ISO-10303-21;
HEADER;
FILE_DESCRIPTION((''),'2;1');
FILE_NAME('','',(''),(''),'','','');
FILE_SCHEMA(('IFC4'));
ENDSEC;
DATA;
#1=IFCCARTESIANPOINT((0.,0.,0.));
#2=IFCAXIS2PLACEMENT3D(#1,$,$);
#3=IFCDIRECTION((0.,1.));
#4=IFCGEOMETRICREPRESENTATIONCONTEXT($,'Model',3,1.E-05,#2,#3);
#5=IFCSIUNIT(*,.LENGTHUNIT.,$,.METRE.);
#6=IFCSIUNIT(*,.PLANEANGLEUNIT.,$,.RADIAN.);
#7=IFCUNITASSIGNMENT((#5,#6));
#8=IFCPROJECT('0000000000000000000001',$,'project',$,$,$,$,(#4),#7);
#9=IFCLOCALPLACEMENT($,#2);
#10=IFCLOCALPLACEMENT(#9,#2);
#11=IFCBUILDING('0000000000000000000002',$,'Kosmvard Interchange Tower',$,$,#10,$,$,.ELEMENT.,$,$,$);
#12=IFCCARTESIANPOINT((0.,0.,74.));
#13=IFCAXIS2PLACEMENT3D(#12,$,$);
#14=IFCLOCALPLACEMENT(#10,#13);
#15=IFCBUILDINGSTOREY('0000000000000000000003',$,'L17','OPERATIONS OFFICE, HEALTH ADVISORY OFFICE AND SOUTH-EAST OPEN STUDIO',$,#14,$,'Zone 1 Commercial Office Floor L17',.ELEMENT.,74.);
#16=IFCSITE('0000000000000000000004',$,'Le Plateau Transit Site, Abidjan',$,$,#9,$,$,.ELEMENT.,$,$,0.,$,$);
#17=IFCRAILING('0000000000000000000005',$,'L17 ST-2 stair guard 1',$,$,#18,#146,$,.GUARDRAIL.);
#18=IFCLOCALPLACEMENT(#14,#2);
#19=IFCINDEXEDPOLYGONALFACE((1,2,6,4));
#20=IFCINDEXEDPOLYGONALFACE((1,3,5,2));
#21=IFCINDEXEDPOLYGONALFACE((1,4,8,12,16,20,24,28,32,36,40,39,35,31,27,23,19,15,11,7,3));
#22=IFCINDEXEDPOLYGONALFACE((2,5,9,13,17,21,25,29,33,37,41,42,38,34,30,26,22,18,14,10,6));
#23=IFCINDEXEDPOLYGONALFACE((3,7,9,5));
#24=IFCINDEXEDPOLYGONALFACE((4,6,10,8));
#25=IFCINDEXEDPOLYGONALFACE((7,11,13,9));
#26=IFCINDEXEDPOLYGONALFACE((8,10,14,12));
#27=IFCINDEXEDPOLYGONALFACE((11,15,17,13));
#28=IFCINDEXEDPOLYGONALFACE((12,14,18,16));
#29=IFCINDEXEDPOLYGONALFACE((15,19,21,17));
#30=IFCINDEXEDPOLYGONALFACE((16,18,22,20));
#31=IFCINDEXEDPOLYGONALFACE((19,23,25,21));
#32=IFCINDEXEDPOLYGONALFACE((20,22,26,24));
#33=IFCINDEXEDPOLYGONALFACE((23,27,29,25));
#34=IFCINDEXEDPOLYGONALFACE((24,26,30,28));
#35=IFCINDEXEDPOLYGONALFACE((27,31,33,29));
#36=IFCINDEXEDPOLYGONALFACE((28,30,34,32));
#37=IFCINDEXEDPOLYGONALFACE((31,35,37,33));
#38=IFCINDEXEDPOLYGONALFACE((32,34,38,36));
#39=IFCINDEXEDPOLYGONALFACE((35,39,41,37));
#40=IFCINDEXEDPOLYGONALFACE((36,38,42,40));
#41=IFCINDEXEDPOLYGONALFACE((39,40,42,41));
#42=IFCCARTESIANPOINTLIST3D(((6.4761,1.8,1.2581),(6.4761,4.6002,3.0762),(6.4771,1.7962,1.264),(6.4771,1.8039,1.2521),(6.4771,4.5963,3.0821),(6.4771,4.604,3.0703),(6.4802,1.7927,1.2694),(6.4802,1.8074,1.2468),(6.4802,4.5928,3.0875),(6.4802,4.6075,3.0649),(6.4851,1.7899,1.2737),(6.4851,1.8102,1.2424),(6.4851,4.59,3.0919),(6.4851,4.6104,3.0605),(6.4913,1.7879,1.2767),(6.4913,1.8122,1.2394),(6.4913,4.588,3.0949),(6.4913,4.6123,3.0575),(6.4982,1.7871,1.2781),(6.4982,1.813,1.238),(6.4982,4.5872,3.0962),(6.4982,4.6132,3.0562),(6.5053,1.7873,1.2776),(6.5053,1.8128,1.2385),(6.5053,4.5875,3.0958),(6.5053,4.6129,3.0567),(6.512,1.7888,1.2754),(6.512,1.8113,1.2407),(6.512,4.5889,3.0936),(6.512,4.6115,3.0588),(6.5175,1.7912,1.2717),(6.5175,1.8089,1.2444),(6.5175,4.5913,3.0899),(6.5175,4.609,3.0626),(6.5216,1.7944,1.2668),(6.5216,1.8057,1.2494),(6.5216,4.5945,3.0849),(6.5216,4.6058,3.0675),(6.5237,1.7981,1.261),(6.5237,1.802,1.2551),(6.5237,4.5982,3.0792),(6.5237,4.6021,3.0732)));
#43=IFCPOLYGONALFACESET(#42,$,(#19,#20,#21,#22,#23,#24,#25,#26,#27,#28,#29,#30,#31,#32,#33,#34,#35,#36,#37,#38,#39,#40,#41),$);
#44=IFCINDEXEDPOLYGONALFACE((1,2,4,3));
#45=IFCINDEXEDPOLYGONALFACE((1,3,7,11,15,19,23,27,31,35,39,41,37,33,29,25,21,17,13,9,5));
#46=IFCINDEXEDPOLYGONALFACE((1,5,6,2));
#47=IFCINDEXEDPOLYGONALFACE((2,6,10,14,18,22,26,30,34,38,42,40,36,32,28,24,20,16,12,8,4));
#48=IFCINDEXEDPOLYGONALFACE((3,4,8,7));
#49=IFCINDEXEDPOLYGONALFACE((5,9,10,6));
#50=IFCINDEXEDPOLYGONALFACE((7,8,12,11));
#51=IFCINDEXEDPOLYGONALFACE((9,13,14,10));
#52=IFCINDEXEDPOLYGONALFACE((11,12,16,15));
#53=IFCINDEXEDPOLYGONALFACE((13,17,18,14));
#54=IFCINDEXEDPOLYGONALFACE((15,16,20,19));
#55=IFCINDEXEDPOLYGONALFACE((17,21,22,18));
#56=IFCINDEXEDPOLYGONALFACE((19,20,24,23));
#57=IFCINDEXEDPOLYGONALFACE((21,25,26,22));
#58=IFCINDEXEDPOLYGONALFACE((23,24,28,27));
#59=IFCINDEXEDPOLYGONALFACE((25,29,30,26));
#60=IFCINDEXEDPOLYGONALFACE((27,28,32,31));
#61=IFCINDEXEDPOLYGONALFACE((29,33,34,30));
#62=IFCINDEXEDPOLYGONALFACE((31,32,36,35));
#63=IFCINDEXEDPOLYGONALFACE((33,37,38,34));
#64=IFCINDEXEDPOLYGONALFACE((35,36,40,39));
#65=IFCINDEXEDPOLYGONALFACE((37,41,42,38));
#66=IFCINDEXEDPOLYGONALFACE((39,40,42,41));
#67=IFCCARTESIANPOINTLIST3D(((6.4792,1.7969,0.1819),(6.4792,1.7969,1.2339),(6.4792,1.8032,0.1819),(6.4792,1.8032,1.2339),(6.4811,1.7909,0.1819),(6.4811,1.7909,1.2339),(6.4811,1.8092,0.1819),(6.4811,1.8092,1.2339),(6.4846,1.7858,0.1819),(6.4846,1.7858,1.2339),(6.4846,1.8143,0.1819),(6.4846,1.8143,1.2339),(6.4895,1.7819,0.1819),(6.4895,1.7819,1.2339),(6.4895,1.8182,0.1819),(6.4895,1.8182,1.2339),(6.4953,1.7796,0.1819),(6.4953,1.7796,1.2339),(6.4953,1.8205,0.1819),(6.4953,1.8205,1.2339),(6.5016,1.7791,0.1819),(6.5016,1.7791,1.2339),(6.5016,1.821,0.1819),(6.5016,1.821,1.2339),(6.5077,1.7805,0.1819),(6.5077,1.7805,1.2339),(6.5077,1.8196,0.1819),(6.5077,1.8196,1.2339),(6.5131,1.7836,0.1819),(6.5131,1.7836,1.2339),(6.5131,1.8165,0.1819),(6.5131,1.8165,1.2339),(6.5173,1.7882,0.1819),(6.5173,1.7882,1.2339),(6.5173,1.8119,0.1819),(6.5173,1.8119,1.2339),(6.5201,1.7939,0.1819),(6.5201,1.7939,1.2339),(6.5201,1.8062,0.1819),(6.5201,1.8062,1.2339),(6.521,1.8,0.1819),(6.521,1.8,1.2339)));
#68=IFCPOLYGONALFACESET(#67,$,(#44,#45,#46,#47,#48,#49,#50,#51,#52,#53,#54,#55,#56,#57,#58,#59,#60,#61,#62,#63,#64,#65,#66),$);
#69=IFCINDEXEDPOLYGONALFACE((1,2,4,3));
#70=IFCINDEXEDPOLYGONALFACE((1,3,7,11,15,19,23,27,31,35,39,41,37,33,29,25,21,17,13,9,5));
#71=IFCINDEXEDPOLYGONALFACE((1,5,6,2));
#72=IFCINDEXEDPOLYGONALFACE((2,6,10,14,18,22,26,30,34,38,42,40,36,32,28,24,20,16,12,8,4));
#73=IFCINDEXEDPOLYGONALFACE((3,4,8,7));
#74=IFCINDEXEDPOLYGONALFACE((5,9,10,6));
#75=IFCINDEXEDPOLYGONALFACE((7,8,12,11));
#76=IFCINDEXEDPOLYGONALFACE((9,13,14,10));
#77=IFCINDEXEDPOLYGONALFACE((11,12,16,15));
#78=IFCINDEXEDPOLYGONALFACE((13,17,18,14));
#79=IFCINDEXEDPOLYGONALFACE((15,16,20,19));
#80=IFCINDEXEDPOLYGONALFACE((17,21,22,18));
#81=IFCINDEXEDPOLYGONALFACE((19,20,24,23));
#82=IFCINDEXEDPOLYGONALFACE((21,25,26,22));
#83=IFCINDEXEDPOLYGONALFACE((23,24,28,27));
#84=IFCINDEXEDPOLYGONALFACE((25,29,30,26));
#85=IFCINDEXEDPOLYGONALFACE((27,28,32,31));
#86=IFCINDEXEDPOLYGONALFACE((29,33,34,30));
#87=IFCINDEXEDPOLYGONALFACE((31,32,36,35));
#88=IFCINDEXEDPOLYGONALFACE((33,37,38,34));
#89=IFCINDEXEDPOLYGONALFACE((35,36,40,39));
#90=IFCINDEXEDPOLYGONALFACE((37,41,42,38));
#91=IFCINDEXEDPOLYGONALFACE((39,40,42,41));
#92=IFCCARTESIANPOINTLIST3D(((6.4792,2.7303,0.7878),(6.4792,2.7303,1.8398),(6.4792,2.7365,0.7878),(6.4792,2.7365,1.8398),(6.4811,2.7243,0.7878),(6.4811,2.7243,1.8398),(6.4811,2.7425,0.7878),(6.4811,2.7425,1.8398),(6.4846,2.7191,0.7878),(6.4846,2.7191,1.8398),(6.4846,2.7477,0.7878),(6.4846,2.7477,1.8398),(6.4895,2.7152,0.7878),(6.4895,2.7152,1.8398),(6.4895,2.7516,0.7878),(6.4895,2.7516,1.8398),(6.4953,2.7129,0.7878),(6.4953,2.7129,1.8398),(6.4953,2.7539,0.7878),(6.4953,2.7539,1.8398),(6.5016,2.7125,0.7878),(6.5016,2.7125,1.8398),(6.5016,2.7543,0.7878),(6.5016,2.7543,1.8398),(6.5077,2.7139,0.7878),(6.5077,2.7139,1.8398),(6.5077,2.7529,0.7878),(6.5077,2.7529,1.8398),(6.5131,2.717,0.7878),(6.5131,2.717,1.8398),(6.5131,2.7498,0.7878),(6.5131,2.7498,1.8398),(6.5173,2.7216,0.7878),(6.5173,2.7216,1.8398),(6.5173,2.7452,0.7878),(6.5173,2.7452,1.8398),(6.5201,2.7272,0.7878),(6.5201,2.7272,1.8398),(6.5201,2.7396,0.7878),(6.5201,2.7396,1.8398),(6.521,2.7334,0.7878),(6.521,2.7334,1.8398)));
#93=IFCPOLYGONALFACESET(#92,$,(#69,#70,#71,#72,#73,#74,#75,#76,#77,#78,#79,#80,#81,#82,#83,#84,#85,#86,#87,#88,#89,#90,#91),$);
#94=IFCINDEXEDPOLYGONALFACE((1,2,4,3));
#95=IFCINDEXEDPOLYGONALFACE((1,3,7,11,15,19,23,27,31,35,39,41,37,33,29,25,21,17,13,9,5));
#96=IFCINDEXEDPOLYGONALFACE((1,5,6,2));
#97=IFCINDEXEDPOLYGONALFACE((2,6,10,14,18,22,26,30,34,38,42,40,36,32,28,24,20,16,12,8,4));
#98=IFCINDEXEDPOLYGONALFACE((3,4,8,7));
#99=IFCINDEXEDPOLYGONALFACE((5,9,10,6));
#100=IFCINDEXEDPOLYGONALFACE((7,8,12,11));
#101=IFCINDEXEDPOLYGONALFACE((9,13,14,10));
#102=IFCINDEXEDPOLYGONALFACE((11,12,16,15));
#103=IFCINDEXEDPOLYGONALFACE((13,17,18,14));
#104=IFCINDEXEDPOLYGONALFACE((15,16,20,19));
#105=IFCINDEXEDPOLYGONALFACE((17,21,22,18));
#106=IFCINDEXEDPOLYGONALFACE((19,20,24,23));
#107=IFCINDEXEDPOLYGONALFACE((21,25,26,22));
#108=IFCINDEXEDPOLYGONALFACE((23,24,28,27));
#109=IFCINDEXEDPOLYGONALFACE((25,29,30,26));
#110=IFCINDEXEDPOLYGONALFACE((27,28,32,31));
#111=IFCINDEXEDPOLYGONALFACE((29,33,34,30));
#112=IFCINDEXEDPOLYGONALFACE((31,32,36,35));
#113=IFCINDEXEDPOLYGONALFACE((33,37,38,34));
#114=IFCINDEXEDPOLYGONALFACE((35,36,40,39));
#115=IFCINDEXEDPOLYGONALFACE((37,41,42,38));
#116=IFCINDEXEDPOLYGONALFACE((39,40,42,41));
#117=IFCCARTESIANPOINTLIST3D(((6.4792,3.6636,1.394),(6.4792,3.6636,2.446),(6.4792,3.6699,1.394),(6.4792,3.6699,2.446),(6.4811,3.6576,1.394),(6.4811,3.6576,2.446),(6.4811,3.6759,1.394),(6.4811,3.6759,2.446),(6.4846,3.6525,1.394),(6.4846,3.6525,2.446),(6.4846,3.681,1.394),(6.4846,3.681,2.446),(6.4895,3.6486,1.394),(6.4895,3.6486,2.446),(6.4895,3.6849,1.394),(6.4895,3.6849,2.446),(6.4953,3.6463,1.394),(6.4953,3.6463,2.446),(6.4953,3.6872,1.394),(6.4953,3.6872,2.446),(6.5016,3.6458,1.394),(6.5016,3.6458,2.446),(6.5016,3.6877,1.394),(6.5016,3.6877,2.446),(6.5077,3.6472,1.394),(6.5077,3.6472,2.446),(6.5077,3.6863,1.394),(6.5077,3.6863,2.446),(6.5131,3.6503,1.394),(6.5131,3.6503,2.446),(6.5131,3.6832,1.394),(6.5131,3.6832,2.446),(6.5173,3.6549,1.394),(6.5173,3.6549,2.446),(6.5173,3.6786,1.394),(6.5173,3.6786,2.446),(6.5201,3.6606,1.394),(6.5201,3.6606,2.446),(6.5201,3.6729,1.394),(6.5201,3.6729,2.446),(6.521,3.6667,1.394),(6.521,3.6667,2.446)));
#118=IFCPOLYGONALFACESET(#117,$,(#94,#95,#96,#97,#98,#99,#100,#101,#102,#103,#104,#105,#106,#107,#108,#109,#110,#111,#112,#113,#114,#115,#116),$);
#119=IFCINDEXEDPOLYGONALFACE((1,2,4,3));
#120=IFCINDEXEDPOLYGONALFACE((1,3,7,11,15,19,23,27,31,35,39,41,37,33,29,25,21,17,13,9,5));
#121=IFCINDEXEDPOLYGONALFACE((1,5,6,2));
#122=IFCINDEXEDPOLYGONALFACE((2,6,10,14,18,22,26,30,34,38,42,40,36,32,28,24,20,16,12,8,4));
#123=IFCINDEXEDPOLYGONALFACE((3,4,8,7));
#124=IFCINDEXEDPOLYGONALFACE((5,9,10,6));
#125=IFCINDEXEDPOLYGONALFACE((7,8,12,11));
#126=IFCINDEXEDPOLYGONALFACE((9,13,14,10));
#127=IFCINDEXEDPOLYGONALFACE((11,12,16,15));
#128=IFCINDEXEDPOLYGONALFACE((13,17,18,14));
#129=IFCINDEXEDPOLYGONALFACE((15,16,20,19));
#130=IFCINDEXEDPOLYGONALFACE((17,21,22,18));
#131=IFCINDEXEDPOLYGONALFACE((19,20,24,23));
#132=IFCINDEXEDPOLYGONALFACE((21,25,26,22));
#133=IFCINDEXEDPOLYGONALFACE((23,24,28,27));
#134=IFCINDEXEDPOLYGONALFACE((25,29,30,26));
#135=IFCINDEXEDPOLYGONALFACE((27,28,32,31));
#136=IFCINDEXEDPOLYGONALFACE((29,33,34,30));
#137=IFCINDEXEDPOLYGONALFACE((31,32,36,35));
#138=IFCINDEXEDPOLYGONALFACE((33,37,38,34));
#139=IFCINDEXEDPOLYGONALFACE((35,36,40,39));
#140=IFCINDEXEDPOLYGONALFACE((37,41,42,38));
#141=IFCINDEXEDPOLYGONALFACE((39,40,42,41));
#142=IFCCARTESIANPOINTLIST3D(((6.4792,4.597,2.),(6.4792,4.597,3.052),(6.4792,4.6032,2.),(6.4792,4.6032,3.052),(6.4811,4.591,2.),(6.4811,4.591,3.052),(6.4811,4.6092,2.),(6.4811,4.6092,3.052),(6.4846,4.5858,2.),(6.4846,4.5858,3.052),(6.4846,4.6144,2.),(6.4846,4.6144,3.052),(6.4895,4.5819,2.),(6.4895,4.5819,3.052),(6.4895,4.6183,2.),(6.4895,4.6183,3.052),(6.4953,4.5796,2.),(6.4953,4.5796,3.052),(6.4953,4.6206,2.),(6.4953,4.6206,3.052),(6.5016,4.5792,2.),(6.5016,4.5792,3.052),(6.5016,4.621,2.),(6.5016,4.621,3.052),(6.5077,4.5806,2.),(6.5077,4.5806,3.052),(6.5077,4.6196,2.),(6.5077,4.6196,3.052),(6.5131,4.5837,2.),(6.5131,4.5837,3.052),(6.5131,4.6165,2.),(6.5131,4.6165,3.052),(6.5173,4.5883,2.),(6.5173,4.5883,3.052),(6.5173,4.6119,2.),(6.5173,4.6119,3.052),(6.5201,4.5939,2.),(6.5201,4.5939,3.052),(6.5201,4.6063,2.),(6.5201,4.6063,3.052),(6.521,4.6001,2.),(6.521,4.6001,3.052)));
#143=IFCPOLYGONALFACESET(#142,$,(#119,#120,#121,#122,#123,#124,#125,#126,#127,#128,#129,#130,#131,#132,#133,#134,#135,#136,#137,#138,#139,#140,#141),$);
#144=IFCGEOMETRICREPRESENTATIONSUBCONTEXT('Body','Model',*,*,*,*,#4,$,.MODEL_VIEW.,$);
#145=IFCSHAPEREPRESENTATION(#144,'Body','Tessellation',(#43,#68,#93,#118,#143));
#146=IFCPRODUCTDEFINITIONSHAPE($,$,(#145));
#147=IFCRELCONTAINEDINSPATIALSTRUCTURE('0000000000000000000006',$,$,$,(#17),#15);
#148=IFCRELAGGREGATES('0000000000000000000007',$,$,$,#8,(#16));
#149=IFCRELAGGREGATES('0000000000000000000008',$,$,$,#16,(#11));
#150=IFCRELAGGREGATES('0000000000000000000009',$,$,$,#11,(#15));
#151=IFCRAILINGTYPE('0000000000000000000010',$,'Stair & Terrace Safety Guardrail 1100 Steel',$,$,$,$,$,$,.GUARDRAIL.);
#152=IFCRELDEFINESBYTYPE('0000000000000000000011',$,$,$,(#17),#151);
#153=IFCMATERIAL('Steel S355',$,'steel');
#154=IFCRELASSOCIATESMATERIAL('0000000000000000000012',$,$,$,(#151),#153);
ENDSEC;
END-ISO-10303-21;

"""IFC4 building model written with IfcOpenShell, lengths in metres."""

from ifc_helpers import new_model, si_unit, direction, frame, origin, origin_2d, place, context, subcontext, project, spatial, circle, extrude, source, transform, mapped, material, type_object, element, save


model = new_model("IFC4")

# Units and contexts
model_context = context("Model", 3, precision=1e-05, world=origin(), true_north=direction((0.0, 1.0)))
body_context = subcontext(model_context, "Body", "Model", "MODEL_VIEW")
ifc_project = project(units=[si_unit("LENGTHUNIT", "METRE"), si_unit("PLANEANGLEUNIT", "RADIAN")], contexts=[model_context])

# Site, building, storey
site_placement = place(None, origin())
site = spatial("IfcSite", under=ifc_project, at=site_placement, Name="Le Plateau Transit Site, Abidjan", CompositionType="ELEMENT", RefElevation=0.0)
building_placement = place(site_placement, origin())
building = spatial("IfcBuilding", under=site, at=building_placement, Name="Kosmvard Interchange Tower", CompositionType="ELEMENT")
storey_placement = place(building_placement, frame((0.0, 0.0, 74.0)))
storey = spatial("IfcBuildingStorey", under=building, at=storey_placement, Name="L17", Description="OPERATIONS OFFICE, HEALTH ADVISORY OFFICE AND SOUTH-EAST OPEN STUDIO", LongName="Zone 1 Commercial Office Floor L17", CompositionType="ELEMENT", Elevation=74.0)

# Shared definitions
ifc_material_1 = material(Name="Steel S355", Category="steel")

# Railing
railing_type_1 = type_object("IfcRailingType", Name="Stair & Terrace Safety Guardrail 1100 Steel", PredefinedType="GUARDRAIL", material=ifc_material_1)
shared_shape_1 = source(origin(), body_context, "Body", "SweptSolid", [
    extrude(circle(Radius=0.0239, at=origin_2d()), frame((0.0, 0.0, 1.0762), z_axis=(0.0, 0.838706, 0.544585), x_axis=(-1.0, 0.0, 0.0)), (0.0, 0.0, 1.0), 3.3386),
    extrude(circle(Radius=0.021, at=origin_2d()), origin(), (0.0, 0.0, 1.0), 1.052),
    extrude(circle(Radius=0.021, at=origin_2d()), frame((0.0, 0.9333, 0.606)), (0.0, 0.0, 1.0), 1.052),
    extrude(circle(Radius=0.021, at=origin_2d()), frame((0.0, 1.8667, 1.2122)), (0.0, 0.0, 1.0), 1.052),
    extrude(circle(Radius=0.021, at=origin_2d()), frame((0.0, 2.8, 1.8181)), (0.0, 0.0, 1.0), 1.052),
])
railing_1_placement = place(storey_placement, frame((6.5, 1.8, 0.1819)))
element("IfcRailing", 1, at=railing_1_placement, inside=storey, type_object=railing_type_1, Name="L17 ST-2 stair guard 1", PredefinedType="GUARDRAIL", context=body_context, shape_type="MappedRepresentation", body=[
    mapped(shared_shape_1, transform((0.0, 0.0, 0.0), scale=1.0)),
])

save(model, "model.ifc")
